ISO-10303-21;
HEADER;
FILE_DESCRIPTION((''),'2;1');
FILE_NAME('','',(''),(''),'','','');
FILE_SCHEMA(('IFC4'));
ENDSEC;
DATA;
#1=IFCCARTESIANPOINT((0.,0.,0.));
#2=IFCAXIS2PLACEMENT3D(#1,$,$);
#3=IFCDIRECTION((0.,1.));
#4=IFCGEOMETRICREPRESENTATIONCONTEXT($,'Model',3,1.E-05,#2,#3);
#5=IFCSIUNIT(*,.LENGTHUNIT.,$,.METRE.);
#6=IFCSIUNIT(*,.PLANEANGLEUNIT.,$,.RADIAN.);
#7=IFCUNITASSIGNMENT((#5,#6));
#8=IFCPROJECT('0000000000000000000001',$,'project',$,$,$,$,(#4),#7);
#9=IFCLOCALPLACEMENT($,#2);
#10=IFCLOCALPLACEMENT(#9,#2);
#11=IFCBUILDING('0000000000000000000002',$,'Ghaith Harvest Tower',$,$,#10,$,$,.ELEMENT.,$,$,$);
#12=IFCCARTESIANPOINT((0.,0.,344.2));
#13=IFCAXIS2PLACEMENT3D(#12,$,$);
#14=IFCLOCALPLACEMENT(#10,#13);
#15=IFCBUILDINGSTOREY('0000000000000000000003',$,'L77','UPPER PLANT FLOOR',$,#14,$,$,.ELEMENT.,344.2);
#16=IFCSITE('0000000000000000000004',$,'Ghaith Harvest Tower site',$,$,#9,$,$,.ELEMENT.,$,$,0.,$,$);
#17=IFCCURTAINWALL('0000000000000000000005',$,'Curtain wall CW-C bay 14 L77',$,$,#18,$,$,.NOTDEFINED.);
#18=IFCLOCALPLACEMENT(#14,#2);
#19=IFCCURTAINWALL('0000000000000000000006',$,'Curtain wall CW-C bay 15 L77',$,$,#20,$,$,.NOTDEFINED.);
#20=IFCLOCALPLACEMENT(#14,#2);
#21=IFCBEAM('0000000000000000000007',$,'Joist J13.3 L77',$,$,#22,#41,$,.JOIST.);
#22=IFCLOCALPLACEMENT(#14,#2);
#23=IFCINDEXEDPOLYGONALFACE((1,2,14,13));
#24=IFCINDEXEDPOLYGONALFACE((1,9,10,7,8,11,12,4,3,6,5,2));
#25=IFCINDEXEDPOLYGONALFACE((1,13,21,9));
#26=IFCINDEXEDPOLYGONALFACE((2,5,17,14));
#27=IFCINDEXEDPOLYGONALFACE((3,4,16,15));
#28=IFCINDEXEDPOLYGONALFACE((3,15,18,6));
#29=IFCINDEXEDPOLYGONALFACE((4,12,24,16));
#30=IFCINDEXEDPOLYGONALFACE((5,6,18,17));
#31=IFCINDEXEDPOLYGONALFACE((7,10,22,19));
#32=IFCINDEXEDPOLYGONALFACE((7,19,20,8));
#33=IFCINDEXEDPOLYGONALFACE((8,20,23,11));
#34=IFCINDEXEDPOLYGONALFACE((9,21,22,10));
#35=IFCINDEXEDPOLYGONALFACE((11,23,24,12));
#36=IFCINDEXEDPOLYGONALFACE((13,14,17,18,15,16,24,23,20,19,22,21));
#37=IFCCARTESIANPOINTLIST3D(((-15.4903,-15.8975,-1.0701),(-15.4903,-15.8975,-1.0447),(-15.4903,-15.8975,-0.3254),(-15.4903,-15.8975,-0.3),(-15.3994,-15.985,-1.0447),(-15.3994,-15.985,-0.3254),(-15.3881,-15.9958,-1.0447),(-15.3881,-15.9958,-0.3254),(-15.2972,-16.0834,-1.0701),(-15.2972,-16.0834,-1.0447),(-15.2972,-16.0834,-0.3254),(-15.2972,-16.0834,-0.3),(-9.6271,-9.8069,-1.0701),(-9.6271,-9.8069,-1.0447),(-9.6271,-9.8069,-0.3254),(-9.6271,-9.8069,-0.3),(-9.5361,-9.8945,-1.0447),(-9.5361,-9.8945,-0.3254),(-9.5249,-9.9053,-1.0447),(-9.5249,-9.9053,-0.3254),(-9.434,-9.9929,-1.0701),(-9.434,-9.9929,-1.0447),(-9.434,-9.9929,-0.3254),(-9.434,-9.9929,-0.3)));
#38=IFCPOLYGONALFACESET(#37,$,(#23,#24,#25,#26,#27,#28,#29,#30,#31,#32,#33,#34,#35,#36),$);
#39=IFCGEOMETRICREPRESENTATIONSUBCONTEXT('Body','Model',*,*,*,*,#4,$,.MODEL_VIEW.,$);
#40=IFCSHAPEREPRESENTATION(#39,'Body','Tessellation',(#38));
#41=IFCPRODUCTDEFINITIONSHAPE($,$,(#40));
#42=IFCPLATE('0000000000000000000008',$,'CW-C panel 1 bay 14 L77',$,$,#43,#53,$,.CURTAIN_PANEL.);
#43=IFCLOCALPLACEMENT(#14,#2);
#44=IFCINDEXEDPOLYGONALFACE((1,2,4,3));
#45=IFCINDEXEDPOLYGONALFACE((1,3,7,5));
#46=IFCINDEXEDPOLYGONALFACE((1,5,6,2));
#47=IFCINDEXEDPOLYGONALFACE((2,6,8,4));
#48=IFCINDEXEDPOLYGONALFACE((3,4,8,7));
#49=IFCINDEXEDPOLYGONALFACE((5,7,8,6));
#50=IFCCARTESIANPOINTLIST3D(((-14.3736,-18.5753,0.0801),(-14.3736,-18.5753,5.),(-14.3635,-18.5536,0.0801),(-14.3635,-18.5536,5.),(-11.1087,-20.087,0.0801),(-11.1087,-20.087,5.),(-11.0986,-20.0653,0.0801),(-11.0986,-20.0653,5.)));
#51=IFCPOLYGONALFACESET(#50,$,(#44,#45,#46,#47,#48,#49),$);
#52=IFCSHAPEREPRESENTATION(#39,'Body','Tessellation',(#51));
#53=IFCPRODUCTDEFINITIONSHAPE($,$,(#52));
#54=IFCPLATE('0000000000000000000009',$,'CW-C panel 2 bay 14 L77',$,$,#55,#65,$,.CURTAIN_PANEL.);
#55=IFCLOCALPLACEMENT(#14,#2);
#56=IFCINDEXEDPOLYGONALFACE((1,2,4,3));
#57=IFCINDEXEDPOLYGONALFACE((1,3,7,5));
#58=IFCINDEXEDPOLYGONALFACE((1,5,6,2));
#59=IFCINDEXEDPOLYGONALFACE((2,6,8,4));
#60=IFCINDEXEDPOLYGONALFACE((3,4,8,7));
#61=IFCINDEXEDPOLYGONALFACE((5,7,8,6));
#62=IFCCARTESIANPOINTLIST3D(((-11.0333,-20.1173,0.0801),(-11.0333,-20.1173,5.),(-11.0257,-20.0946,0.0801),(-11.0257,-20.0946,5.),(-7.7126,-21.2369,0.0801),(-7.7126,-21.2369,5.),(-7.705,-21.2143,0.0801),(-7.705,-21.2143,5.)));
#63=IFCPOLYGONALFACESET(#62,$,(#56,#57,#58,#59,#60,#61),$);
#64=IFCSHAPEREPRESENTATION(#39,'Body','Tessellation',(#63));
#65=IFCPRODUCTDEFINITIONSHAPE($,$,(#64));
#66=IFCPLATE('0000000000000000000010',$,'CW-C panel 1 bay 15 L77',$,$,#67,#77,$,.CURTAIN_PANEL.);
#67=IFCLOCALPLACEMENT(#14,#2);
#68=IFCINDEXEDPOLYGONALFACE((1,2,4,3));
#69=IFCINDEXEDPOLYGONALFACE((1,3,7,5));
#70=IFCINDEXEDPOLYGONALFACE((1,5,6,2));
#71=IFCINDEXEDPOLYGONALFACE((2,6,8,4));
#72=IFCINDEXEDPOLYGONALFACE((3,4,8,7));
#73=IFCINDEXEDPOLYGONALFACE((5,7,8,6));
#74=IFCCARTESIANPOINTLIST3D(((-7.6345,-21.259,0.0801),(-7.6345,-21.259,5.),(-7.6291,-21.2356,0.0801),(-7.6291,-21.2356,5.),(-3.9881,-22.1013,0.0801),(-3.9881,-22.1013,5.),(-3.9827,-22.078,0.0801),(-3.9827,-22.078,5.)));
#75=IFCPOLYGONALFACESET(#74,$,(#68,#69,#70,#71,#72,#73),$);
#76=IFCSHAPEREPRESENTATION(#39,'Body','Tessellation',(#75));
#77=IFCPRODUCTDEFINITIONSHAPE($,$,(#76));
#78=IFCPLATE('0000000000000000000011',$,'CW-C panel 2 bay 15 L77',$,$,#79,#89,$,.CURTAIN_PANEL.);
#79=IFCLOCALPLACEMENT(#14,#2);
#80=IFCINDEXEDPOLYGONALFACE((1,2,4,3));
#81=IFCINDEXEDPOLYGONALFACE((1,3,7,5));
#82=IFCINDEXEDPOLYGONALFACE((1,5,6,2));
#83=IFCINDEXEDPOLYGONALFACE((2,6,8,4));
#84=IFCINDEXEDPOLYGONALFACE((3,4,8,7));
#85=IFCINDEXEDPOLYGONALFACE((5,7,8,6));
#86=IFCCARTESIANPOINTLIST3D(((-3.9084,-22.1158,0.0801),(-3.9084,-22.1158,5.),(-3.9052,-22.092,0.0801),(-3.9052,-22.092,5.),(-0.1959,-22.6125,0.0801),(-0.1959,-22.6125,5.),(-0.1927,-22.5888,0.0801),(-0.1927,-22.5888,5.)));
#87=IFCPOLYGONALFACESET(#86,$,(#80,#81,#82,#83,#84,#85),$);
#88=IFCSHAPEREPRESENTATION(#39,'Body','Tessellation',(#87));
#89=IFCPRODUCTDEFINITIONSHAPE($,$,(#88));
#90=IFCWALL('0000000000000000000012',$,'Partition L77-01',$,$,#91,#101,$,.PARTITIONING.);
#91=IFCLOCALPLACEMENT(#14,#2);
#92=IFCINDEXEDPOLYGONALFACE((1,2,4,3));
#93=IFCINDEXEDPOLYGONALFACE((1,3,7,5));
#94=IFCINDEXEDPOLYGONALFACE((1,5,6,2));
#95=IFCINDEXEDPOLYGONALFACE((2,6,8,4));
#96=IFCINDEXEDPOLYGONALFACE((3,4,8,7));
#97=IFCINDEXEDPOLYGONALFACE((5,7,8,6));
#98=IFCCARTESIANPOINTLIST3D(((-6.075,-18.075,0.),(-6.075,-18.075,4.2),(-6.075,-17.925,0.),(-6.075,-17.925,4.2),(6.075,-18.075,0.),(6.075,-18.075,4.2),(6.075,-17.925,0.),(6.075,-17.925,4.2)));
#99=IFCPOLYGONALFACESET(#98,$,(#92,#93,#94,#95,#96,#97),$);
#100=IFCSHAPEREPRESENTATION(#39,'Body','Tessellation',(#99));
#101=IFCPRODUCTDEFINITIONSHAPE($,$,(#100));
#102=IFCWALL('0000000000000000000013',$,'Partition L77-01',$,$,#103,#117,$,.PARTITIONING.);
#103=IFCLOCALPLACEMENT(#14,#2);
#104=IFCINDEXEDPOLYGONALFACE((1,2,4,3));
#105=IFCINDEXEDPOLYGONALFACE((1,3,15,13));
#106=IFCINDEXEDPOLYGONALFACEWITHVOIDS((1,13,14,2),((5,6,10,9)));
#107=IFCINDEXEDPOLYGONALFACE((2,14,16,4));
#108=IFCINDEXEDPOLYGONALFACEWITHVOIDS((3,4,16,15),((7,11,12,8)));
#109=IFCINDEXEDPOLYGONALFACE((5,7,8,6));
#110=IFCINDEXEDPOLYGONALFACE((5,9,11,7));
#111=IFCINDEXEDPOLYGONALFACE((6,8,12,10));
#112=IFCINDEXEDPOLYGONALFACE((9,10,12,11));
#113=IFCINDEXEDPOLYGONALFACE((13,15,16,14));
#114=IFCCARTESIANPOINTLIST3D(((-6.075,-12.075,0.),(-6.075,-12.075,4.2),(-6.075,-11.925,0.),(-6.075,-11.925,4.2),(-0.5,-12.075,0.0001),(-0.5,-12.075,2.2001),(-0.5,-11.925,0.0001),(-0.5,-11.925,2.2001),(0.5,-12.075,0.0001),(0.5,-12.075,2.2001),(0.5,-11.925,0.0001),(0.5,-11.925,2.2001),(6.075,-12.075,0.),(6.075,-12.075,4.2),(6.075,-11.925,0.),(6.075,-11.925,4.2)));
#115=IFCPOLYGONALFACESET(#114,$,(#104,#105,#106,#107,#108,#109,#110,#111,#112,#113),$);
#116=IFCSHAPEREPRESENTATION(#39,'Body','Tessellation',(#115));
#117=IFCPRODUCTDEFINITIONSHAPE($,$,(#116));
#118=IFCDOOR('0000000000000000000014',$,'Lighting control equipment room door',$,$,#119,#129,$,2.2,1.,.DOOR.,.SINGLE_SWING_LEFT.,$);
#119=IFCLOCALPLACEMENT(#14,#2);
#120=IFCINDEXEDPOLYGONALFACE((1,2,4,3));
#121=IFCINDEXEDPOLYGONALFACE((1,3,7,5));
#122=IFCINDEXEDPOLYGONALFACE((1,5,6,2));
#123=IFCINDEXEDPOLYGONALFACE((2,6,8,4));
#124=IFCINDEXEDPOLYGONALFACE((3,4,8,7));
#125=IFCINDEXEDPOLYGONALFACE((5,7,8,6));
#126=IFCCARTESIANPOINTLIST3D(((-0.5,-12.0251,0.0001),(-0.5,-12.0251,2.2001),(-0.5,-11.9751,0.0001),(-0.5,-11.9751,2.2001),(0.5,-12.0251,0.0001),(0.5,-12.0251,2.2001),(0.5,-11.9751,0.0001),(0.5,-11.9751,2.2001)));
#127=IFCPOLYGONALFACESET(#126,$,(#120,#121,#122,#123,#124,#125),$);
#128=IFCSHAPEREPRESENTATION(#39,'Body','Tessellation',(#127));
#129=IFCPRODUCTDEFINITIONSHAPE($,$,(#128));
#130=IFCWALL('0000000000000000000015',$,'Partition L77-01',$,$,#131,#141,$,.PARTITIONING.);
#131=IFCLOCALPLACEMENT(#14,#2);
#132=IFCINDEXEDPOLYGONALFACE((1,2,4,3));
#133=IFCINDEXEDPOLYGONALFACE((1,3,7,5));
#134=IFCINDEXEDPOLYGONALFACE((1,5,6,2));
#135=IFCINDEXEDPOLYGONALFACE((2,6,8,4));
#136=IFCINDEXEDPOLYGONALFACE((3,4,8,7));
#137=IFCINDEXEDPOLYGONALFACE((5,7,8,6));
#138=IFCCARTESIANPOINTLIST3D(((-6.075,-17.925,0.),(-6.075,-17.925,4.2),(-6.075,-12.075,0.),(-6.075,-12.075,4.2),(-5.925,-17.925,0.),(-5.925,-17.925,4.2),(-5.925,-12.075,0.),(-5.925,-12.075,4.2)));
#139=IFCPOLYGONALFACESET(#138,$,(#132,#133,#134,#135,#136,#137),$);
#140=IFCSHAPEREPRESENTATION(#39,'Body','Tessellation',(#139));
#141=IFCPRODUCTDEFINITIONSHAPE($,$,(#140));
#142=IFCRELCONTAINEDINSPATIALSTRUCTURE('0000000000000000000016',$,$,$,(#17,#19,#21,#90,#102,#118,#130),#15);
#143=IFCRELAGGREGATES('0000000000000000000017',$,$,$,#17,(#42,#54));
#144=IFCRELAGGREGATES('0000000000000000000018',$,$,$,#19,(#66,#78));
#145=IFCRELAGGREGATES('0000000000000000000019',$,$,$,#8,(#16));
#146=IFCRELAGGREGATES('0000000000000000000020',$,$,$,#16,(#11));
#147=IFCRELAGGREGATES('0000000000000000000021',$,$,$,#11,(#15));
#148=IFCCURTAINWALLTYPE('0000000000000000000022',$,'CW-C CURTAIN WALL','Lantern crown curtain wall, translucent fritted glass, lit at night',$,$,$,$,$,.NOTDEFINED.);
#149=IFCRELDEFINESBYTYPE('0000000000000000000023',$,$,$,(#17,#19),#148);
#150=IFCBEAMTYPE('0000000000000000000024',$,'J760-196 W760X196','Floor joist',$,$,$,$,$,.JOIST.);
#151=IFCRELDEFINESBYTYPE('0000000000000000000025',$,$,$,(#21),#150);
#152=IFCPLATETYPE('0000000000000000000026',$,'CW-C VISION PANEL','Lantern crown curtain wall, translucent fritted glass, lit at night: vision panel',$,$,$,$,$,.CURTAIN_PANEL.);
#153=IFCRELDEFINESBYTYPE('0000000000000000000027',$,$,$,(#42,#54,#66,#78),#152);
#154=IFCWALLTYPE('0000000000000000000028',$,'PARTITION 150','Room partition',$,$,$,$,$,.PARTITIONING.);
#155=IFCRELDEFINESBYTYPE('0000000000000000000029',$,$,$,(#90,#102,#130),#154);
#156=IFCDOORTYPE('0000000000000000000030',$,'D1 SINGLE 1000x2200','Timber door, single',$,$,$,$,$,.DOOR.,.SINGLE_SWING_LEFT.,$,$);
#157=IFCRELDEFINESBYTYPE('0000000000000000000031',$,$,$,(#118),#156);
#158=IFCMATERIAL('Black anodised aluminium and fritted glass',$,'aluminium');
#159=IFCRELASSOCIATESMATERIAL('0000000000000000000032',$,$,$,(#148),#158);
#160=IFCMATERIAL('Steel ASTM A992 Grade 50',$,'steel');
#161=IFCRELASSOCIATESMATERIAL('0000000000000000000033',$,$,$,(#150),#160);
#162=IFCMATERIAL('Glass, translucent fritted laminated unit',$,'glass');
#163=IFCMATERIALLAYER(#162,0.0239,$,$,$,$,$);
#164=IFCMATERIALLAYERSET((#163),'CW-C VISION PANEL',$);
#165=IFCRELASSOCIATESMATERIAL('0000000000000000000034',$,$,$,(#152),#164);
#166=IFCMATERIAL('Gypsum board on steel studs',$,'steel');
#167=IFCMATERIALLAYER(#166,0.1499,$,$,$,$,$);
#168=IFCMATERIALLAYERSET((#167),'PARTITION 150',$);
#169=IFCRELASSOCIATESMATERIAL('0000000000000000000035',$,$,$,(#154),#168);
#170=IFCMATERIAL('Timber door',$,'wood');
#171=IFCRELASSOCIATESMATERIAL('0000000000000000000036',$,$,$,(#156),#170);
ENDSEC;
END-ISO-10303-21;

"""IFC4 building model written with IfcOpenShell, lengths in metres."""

from ifc_helpers import new_model, si_unit, direction, frame, frame_2d, origin, origin_2d, place, context, subcontext, project, spatial, rectangle, i_section, extrude, material, layer, layer_set, material_profile, profile_set, type_object, element, fill, aggregate, save


model = new_model("IFC4")

# Units and contexts
model_context = context("Model", 3, precision=1e-05, world=origin(), true_north=direction((0.0, 1.0)))
body_context = subcontext(model_context, "Body", "Model", "MODEL_VIEW")
ifc_project = project(units=[si_unit("LENGTHUNIT", "METRE"), si_unit("PLANEANGLEUNIT", "RADIAN")], contexts=[model_context])

# Site, building, storey
site_placement = place(None, origin())
site = spatial("IfcSite", under=ifc_project, at=site_placement, Name="Ghaith Harvest Tower site", CompositionType="ELEMENT", RefElevation=0.0)
building_placement = place(site_placement, origin())
building = spatial("IfcBuilding", under=site, at=building_placement, Name="Ghaith Harvest Tower", CompositionType="ELEMENT")
storey_placement = place(building_placement, frame((0.0, 0.0, 344.2)))
storey = spatial("IfcBuildingStorey", under=building, at=storey_placement, Name="L77", Description="UPPER PLANT FLOOR", CompositionType="ELEMENT", Elevation=344.2)

# Curtain wall
ifc_material_1 = material(Name="Black anodised aluminium and fritted glass", Category="aluminium")
curtain_wall_type = type_object("IfcCurtainWallType", Name="CW-C CURTAIN WALL", Description="Lantern crown curtain wall, translucent fritted glass, lit at night", PredefinedType="NOTDEFINED", material=ifc_material_1)
curtain_wall_1_placement = place(storey_placement, origin())
curtain_wall_1 = element("IfcCurtainWall", 1, at=curtain_wall_1_placement, inside=storey, type_object=curtain_wall_type, Name="Curtain wall CW-C bay 14 L77", PredefinedType="NOTDEFINED")

# Curtain wall
curtain_wall_2_placement = place(storey_placement, origin())
curtain_wall_2 = element("IfcCurtainWall", 2, at=curtain_wall_2_placement, inside=storey, type_object=curtain_wall_type, Name="Curtain wall CW-C bay 15 L77", PredefinedType="NOTDEFINED")

# Beam
ifc_material_2 = material(Name="Steel ASTM A992 Grade 50", Category="steel")
ifc_material_profile_1 = material_profile(ifc_material_2, i_section(OverallWidth=0.2681, OverallDepth=0.77, WebThickness=0.0156, FlangeThickness=0.0254, at=origin_2d()), Name="W760X196")
ifc_profile_set_1 = profile_set([ifc_material_profile_1], Name="Steel ASTM A992 Grade 50")
beam_type_1 = type_object("IfcBeamType", Name="J760-196 W760X196", Description="Floor joist", PredefinedType="JOIST", material=ifc_profile_set_1)
beam_1_placement = place(storey_placement, frame((-9.5305, -9.8999, -0.6851), z_axis=(-0.693536, -0.720422, 0.0), x_axis=(0.720422, -0.693536, 0.0)))
element("IfcBeam", 3, at=beam_1_placement, inside=storey, type_object=beam_type_1, Name="Joist J13.3 L77", PredefinedType="JOIST", context=body_context, shape_type="SweptSolid", body=[
    extrude(i_section(OverallWidth=0.2681, OverallDepth=0.77, WebThickness=0.0156, FlangeThickness=0.0254, at=origin_2d()), origin(), (0.0, 0.0, 1.0), 8.4541),
])

# Plates
ifc_material_3 = material(Name="Glass, translucent fritted laminated unit", Category="glass")
ifc_layer_1 = layer(ifc_material_3, 0.0239)
ifc_layer_set_1 = layer_set([ifc_layer_1], Name="CW-C VISION PANEL")
plate_type = type_object("IfcPlateType", Name="CW-C VISION PANEL", Description="Lantern crown curtain wall, translucent fritted glass, lit at night: vision panel", PredefinedType="CURTAIN_PANEL", material=ifc_layer_set_1)
plate_1_placement = place(storey_placement, frame((-12.7361, -19.3203, 0.0801), z_axis=(0.0, 0.0, 1.0), x_axis=(0.90745, -0.42016, 0.0)))
plate_1 = element("IfcPlate", 4, at=plate_1_placement, type_object=plate_type, Name="CW-C panel 1 bay 14 L77", PredefinedType="CURTAIN_PANEL", context=body_context, shape_type="SweptSolid", body=[
    extrude(rectangle(XDim=3.5979, YDim=0.0239, at=origin_2d()), origin(), (0.0, 0.0, 1.0), 4.9199),
])
plate_2_placement = place(storey_placement, frame((-9.3691, -20.6658, 0.0801), z_axis=(0.0, 0.0, 1.0), x_axis=(0.947586, -0.3195, 0.0)))
plate_2 = element("IfcPlate", 5, at=plate_2_placement, type_object=plate_type, Name="CW-C panel 2 bay 14 L77", PredefinedType="CURTAIN_PANEL", context=body_context, shape_type="SweptSolid", body=[
    extrude(rectangle(XDim=3.5044, YDim=0.0239, at=origin_2d()), origin(), (0.0, 0.0, 1.0), 4.9199),
])
aggregate(curtain_wall_1, [plate_1, plate_2])
plate_3_placement = place(storey_placement, frame((-5.8086, -21.6685, 0.0801), z_axis=(0.0, 0.0, 1.0), x_axis=(0.974342, -0.225072, 0.0)))
plate_3 = element("IfcPlate", 6, at=plate_3_placement, type_object=plate_type, Name="CW-C panel 1 bay 15 L77", PredefinedType="CURTAIN_PANEL", context=body_context, shape_type="SweptSolid", body=[
    extrude(rectangle(XDim=3.7424, YDim=0.0239, at=origin_2d()), origin(), (0.0, 0.0, 1.0), 4.9199),
])
plate_4_placement = place(storey_placement, frame((-2.0505, -22.3523, 0.0801), z_axis=(0.0, 0.0, 1.0), x_axis=(0.991165, -0.132633, 0.0)))
plate_4 = element("IfcPlate", 7, at=plate_4_placement, type_object=plate_type, Name="CW-C panel 2 bay 15 L77", PredefinedType="CURTAIN_PANEL", context=body_context, shape_type="SweptSolid", body=[
    extrude(rectangle(XDim=3.7456, YDim=0.0239, at=origin_2d()), origin(), (0.0, 0.0, 1.0), 4.9199),
])
aggregate(curtain_wall_2, [plate_3, plate_4])

# Wall
ifc_material_4 = material(Name="Gypsum board on steel studs", Category="steel")
ifc_layer_2 = layer(ifc_material_4, 0.1499)
ifc_layer_set_2 = layer_set([ifc_layer_2], Name="PARTITION 150")
wall_type = type_object("IfcWallType", Name="PARTITION 150", Description="Room partition", PredefinedType="PARTITIONING", material=ifc_layer_set_2)
wall_1_placement = place(storey_placement, frame((-6.075, -18.0, 0.0), z_axis=(0.0, 0.0, 1.0), x_axis=(1.0, 0.0, 0.0)))
element("IfcWall", 8, at=wall_1_placement, inside=storey, type_object=wall_type, Name="Partition L77-01", PredefinedType="PARTITIONING", context=body_context, shape_type="SweptSolid", body=[
    extrude(rectangle(XDim=12.1499, YDim=0.1499, at=frame_2d((6.075, 0.0))), origin(), (0.0, 0.0, 1.0), 4.2),
])

# Wall, opening, door
wall_2_placement = place(storey_placement, frame((-6.075, -12.0, 0.0), z_axis=(0.0, 0.0, 1.0), x_axis=(1.0, 0.0, 0.0)))
wall_2 = element("IfcWall", 9, at=wall_2_placement, inside=storey, type_object=wall_type, Name="Partition L77-01", PredefinedType="PARTITIONING", context=body_context, shape_type="SweptSolid", body=[
    extrude(rectangle(XDim=12.1499, YDim=0.1499, at=frame_2d((6.075, 0.0))), origin(), (0.0, 0.0, 1.0), 4.2),
])
opening_placement = place(wall_2_placement, frame((5.575, 0.0, 0.0)))
opening = element("IfcOpeningElement", 10, at=opening_placement, cuts=wall_2, PredefinedType="OPENING", context=body_context, shape_type="SweptSolid", body=[
    extrude(rectangle(XDim=1.0, YDim=2.2, at=frame_2d((0.5, 1.1001))), frame((0.0, 0.085, 0.0), z_axis=(0.0, -1.0, 0.0), x_axis=(1.0, 0.0, 0.0)), (0.0, 0.0, 1.0), 0.1699),
])
ifc_material_5 = material(Name="Timber door", Category="wood")
door_type = type_object("IfcDoorType", Name="D1 SINGLE 1000x2200", Description="Timber door, single", OperationType="SINGLE_SWING_LEFT", PredefinedType="DOOR", material=ifc_material_5)
door_placement = place(opening_placement, origin())
door = element("IfcDoor", 11, at=door_placement, inside=storey, type_object=door_type, Name="Lighting control equipment room door", OperationType="SINGLE_SWING_LEFT", OverallHeight=2.2, OverallWidth=1.0, PredefinedType="DOOR", context=body_context, shape_type="SweptSolid", body=[
    extrude(rectangle(XDim=1.0, YDim=2.2, at=frame_2d((0.5, 1.1001))), frame((0.0, 0.0249, 0.0), z_axis=(0.0, -1.0, 0.0), x_axis=(1.0, 0.0, 0.0)), (0.0, 0.0, 1.0), 0.05),
])
fill(opening, door)

# Wall
wall_3_placement = place(storey_placement, frame((-6.0, -17.925, 0.0), z_axis=(0.0, 0.0, 1.0), x_axis=(0.0, 1.0, 0.0)))
element("IfcWall", 12, at=wall_3_placement, inside=storey, type_object=wall_type, Name="Partition L77-01", PredefinedType="PARTITIONING", context=body_context, shape_type="SweptSolid", body=[
    extrude(rectangle(XDim=5.8501, YDim=0.1499, at=frame_2d((2.925, 0.0))), origin(), (0.0, 0.0, 1.0), 4.2),
])

save(model, "model.ifc")
